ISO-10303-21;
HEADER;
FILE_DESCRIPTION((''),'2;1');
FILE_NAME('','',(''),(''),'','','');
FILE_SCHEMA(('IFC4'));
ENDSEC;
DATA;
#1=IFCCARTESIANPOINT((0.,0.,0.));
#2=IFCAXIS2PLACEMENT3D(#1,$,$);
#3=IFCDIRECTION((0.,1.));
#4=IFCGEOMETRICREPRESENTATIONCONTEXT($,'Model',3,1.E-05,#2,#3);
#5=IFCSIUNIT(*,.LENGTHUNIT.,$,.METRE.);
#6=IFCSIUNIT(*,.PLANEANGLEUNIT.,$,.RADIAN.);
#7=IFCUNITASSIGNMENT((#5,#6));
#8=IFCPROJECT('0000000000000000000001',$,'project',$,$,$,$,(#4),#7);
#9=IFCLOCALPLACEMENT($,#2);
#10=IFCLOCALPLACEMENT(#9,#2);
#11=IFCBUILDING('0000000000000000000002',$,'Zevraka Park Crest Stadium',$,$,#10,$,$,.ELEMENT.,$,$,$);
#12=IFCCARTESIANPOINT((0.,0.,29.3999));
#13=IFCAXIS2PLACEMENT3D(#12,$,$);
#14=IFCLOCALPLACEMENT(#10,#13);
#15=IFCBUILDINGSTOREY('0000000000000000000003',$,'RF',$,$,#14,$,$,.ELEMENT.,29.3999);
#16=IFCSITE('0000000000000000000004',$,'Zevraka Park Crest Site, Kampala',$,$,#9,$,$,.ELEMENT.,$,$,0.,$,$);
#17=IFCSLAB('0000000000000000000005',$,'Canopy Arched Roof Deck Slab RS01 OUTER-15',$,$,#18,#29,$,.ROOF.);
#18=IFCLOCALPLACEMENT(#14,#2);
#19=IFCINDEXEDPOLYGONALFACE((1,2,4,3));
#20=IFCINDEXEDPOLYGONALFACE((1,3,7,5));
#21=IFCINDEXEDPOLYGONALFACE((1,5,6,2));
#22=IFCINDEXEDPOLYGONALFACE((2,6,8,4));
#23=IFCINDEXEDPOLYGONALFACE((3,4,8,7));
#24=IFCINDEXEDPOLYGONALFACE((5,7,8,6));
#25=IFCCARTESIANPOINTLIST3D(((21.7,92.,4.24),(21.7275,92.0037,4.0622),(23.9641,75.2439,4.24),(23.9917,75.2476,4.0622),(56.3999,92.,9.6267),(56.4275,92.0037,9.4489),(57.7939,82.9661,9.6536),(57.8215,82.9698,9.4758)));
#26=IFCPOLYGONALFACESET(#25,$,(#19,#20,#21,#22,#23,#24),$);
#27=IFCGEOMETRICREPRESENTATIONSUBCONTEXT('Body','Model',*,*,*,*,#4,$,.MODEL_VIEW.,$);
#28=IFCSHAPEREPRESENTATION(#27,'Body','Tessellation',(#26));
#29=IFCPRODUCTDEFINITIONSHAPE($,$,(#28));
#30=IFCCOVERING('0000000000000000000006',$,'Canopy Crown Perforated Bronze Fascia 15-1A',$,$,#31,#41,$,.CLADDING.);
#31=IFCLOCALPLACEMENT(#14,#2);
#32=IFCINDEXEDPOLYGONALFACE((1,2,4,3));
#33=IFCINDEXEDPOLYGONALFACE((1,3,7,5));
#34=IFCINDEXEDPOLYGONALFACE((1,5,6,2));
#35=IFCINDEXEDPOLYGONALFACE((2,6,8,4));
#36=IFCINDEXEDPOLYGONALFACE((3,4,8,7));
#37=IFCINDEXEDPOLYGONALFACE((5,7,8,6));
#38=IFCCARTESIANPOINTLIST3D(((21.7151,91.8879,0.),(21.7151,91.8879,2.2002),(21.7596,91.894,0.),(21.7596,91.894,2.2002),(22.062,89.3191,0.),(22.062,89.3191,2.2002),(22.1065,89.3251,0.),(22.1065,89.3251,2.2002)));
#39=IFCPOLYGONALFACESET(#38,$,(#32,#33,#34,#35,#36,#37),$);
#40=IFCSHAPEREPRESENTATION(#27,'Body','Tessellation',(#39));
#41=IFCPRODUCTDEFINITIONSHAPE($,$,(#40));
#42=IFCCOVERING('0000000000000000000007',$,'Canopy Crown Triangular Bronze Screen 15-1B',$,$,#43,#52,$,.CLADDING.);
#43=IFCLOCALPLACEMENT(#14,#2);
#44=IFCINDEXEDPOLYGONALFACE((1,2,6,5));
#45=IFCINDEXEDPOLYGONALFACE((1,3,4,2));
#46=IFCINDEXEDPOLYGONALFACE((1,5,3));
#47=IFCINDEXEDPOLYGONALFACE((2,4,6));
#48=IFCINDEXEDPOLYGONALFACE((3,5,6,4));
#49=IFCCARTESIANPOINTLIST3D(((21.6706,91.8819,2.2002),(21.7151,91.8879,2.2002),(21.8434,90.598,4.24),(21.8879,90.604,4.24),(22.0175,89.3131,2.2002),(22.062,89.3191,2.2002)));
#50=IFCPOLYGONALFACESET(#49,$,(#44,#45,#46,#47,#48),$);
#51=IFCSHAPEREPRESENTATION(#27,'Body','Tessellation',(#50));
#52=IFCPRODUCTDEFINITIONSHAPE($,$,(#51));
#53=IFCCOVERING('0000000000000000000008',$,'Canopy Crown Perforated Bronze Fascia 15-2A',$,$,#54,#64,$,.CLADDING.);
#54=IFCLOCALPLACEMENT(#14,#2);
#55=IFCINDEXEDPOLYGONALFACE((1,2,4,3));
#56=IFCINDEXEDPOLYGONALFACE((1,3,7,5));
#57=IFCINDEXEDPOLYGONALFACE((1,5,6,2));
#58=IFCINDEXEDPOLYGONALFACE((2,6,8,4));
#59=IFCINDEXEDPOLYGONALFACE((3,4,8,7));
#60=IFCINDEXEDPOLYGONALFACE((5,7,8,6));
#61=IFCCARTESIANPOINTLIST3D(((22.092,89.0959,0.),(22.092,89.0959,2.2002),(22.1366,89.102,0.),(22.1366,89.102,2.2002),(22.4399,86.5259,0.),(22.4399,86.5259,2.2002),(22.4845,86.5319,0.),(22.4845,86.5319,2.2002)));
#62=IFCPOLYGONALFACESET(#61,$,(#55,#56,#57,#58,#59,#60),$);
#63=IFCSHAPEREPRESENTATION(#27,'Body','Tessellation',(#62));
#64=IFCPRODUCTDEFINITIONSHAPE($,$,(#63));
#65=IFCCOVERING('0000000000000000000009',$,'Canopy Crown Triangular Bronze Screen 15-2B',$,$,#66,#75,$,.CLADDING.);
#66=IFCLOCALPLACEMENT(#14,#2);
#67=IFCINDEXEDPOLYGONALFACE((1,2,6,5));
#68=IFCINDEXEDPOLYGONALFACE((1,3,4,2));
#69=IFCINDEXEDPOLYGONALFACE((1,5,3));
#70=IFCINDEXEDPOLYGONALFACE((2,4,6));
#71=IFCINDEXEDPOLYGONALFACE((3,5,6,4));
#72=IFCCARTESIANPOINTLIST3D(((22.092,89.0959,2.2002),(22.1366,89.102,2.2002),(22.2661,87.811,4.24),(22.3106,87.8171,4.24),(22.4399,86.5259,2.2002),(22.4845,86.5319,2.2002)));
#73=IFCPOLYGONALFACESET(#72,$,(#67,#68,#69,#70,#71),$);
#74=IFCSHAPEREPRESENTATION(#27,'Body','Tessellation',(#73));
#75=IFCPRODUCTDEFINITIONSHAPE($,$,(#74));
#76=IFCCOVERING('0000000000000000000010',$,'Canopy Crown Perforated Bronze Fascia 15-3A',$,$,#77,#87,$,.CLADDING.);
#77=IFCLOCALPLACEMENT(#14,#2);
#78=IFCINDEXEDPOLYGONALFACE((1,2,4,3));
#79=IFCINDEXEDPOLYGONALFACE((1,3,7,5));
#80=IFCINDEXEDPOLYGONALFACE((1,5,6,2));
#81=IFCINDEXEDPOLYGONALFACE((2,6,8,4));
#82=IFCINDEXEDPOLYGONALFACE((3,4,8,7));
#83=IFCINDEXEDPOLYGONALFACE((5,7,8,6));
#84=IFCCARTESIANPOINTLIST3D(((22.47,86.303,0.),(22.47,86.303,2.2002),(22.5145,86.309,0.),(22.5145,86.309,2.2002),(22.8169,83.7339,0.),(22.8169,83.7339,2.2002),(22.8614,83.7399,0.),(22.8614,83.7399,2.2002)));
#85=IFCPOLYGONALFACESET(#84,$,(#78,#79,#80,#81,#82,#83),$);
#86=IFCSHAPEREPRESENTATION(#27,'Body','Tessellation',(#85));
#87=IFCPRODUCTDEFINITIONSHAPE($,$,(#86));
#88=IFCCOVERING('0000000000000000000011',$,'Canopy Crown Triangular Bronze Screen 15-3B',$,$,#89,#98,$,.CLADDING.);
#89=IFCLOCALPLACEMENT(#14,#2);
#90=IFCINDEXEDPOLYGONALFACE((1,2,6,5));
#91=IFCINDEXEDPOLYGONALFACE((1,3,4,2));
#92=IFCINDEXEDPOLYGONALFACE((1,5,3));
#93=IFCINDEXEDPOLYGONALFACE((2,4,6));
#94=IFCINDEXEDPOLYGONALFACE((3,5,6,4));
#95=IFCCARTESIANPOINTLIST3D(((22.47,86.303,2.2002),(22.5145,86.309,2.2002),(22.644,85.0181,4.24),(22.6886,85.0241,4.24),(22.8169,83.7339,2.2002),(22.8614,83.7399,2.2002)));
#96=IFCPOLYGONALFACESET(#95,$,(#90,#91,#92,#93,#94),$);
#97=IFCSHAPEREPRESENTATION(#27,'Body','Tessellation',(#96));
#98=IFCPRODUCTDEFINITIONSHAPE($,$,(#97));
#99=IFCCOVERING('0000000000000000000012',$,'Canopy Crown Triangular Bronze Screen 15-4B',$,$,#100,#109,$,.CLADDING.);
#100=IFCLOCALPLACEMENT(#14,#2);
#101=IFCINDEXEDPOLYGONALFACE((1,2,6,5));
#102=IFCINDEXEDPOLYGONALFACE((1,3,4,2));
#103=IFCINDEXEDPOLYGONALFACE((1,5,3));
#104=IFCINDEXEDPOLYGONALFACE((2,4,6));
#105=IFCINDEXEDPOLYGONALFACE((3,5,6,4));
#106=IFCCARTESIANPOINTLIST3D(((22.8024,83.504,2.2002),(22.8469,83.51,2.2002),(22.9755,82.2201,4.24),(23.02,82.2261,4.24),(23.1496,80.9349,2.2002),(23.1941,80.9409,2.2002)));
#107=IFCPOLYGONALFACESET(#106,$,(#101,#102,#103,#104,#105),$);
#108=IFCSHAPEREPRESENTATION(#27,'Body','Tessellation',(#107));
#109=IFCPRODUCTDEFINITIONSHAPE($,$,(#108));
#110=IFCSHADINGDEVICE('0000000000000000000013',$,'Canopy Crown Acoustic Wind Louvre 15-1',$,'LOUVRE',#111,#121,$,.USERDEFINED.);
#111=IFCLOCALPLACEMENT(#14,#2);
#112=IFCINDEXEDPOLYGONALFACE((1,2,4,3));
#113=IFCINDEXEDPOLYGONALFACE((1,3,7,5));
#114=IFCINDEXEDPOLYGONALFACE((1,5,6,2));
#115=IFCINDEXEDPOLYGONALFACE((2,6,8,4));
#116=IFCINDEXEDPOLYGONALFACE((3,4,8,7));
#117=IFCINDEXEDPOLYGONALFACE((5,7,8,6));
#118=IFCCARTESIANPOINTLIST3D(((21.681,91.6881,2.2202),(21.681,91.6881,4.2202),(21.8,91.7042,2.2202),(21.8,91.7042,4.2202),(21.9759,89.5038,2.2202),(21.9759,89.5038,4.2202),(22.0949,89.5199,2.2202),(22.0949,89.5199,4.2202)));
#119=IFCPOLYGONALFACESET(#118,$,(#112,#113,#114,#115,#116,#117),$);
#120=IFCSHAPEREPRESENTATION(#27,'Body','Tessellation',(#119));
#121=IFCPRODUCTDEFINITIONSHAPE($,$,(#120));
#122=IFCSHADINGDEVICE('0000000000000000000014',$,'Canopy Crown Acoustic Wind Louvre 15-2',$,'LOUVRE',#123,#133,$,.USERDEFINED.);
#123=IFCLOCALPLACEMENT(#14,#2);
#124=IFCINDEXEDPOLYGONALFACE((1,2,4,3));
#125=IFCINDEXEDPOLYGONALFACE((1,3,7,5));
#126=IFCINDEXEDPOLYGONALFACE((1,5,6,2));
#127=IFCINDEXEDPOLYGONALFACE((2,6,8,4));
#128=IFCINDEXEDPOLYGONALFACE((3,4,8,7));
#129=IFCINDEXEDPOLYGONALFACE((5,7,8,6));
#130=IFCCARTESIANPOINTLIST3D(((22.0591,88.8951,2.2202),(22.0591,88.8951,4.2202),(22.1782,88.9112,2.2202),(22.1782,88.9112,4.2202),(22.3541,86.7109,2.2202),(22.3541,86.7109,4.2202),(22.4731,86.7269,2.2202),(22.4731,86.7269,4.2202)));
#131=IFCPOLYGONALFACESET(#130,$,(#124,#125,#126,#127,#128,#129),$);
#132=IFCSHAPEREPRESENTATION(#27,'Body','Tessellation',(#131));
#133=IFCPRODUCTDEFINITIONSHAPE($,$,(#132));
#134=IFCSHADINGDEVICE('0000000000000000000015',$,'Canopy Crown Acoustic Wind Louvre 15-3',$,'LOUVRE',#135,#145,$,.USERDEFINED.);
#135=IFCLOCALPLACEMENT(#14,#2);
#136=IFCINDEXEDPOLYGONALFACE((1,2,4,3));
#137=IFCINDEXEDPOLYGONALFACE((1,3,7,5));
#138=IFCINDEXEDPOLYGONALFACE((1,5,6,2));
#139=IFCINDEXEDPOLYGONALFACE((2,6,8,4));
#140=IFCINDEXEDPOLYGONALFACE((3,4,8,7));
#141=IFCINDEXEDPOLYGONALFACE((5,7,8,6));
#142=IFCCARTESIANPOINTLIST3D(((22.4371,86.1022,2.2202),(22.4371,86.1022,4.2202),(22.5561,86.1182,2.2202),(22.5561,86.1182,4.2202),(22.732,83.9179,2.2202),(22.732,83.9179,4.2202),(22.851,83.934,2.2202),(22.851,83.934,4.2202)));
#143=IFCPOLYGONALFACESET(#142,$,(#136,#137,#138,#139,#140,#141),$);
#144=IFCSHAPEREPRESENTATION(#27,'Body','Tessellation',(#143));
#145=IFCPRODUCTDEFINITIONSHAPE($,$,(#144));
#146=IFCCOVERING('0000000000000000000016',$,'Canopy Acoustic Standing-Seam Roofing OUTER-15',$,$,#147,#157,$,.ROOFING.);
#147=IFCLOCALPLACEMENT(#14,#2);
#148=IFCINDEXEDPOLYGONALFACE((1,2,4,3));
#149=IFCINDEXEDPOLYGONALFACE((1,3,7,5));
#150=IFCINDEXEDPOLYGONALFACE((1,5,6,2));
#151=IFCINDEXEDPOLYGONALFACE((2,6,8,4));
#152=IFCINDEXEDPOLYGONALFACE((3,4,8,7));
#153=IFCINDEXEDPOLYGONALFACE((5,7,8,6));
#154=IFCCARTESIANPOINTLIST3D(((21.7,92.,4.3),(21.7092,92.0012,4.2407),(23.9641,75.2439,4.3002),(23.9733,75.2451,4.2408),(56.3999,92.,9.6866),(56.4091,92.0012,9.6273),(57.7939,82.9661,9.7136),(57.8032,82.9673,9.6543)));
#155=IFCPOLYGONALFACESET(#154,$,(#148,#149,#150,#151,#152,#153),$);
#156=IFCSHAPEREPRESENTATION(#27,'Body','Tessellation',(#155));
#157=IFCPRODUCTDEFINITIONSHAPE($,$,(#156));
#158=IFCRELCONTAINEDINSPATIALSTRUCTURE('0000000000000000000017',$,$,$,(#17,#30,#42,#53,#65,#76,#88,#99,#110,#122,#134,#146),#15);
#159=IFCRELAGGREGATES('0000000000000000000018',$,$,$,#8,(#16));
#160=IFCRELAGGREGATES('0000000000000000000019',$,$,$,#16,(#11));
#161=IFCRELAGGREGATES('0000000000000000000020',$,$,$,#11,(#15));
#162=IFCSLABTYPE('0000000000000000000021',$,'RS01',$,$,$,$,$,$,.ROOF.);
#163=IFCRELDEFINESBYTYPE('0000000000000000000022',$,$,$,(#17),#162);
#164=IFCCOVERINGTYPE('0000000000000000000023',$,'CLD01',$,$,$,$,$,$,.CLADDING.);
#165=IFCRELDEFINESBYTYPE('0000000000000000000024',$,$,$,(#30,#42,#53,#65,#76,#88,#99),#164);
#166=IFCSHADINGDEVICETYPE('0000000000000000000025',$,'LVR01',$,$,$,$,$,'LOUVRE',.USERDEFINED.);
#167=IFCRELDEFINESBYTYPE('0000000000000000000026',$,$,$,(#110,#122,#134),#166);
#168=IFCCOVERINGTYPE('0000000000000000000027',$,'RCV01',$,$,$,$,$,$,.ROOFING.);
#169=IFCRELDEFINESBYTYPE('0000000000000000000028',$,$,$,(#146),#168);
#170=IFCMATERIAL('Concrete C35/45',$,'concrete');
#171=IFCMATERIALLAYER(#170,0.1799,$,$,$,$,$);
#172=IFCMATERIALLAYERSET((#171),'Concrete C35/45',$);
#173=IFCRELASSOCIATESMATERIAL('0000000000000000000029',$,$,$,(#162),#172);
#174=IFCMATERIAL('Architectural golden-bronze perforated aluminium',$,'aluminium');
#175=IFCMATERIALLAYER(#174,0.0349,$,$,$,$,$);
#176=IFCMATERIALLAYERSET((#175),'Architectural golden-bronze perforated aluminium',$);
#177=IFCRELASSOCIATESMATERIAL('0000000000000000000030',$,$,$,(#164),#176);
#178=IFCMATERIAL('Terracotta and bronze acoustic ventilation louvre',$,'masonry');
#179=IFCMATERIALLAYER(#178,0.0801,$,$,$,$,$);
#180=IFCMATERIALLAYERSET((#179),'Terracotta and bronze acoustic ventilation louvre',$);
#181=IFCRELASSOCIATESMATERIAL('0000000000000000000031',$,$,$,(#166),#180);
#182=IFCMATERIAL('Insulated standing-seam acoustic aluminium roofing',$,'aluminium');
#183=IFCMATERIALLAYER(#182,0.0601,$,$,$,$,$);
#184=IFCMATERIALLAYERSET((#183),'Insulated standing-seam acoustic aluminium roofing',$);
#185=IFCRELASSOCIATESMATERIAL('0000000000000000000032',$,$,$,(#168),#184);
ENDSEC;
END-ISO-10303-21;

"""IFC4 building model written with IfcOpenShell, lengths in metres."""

from ifc_helpers import new_model, si_unit, direction, frame, origin, origin_2d, place, context, subcontext, project, spatial, polyline, rectangle, outline, extrude, material, layer, layer_set, type_object, element, save


model = new_model("IFC4")

# Units and contexts
model_context = context("Model", 3, precision=1e-05, world=origin(), true_north=direction((0.0, 1.0)))
body_context = subcontext(model_context, "Body", "Model", "MODEL_VIEW")
ifc_project = project(units=[si_unit("LENGTHUNIT", "METRE"), si_unit("PLANEANGLEUNIT", "RADIAN")], contexts=[model_context])

# Site, building, storey
site_placement = place(None, origin())
site = spatial("IfcSite", under=ifc_project, at=site_placement, Name="Zevraka Park Crest Site, Kampala", CompositionType="ELEMENT", RefElevation=0.0)
building_placement = place(site_placement, origin())
building = spatial("IfcBuilding", under=site, at=building_placement, Name="Zevraka Park Crest Stadium", CompositionType="ELEMENT")
storey_placement = place(building_placement, frame((0.0, 0.0, 29.3999)))
storey = spatial("IfcBuildingStorey", under=building, at=storey_placement, Name="RF", CompositionType="ELEMENT", Elevation=29.3999)

# Slab
ifc_material_1 = material(Name="Concrete C35/45", Category="concrete")
ifc_layer_1 = layer(ifc_material_1, 0.1799)
ifc_layer_set_1 = layer_set([ifc_layer_1], Name="Concrete C35/45")
slab_type = type_object("IfcSlabType", Name="RS01", PredefinedType="ROOF", material=ifc_layer_set_1)
slab_placement = place(storey_placement, frame((21.7, 92.0, 4.24), z_axis=(-0.153366, -0.020725, 0.987952), x_axis=(0.133908, -0.990994, -0.000002)))
element("IfcSlab", 1, at=slab_placement, inside=storey, type_object=slab_type, Name="Canopy Arched Roof Deck Slab RS01 OUTER-15", PredefinedType="ROOF", context=body_context, shape_type="SweptSolid", body=[
    extrude(outline(polyline([(0.0, 0.0), (16.9084, 0.0), (13.7858, 34.9807), (4.6466, 34.8068), (0.0, 0.0)])), origin(), (0.0, 0.0, -1.0), 0.1799),
])

# Coverings
ifc_material_2 = material(Name="Architectural golden-bronze perforated aluminium", Category="aluminium")
ifc_layer_2 = layer(ifc_material_2, 0.0349)
ifc_layer_set_2 = layer_set([ifc_layer_2], Name="Architectural golden-bronze perforated aluminium")
covering_type_1 = type_object("IfcCoveringType", Name="CLD01", PredefinedType="CLADDING", material=ifc_layer_set_2)
covering_1_placement = place(storey_placement, frame((21.7151, 91.8879, 0.0), z_axis=(-0.991004, -0.133835, 0.0), x_axis=(0.133835, -0.991004, 0.0)))
element("IfcCovering", 2, at=covering_1_placement, inside=storey, type_object=covering_type_1, Name="Canopy Crown Perforated Bronze Fascia 15-1A", PredefinedType="CLADDING", context=body_context, shape_type="SweptSolid", body=[
    extrude(outline(polyline([(0.0, 0.0), (2.5922, 0.0), (2.5922, 2.2002), (0.0, 2.2002), (0.0, 0.0)])), origin(), (0.0, 0.0, -1.0), 0.0449),
])
covering_2_placement = place(storey_placement, frame((21.7151, 91.8879, 2.2002), z_axis=(0.991004, 0.133835, 0.000264), x_axis=(0.133835, -0.991004, 0.0)))
element("IfcCovering", 3, at=covering_2_placement, inside=storey, type_object=covering_type_1, Name="Canopy Crown Triangular Bronze Screen 15-1B", PredefinedType="CLADDING", context=body_context, shape_type="SweptSolid", body=[
    extrude(outline(polyline([(0.0, 0.0), (2.5922, 0.0), (1.2955, -2.0398), (0.0, 0.0)])), origin(), (0.0, 0.0, -1.0), 0.0449),
])
covering_3_placement = place(storey_placement, frame((22.092, 89.0959, 0.0), z_axis=(-0.990962, -0.134143, 0.0), x_axis=(0.134143, -0.990962, 0.0)))
element("IfcCovering", 4, at=covering_3_placement, inside=storey, type_object=covering_type_1, Name="Canopy Crown Perforated Bronze Fascia 15-2A", PredefinedType="CLADDING", context=body_context, shape_type="SweptSolid", body=[
    extrude(outline(polyline([(0.0, 0.0), (2.5935, 0.0), (2.5935, 2.2002), (0.0, 2.2002), (0.0, 0.0)])), origin(), (0.0, 0.0, -1.0), 0.0449),
])
covering_4_placement = place(storey_placement, frame((22.092, 89.0959, 2.2002), z_axis=(-0.990962, -0.134143, 0.000067), x_axis=(0.134143, -0.990962, 0.0)))
element("IfcCovering", 5, at=covering_4_placement, inside=storey, type_object=covering_type_1, Name="Canopy Crown Triangular Bronze Screen 15-2B", PredefinedType="CLADDING", context=body_context, shape_type="SweptSolid", body=[
    extrude(outline(polyline([(0.0, 0.0), (2.5935, 0.0), (1.2966, 2.0398), (0.0, 0.0)])), origin(), (0.0, 0.0, -1.0), 0.0449),
])
covering_5_placement = place(storey_placement, frame((22.47, 86.303, 0.0), z_axis=(-0.991005, -0.133823, 0.0), x_axis=(0.133823, -0.991005, 0.0)))
element("IfcCovering", 6, at=covering_5_placement, inside=storey, type_object=covering_type_1, Name="Canopy Crown Perforated Bronze Fascia 15-3A", PredefinedType="CLADDING", context=body_context, shape_type="SweptSolid", body=[
    extrude(outline(polyline([(0.0, 0.0), (2.5924, 0.0), (2.5924, 2.2002), (0.0, 2.2002), (0.0, 0.0)])), origin(), (0.0, 0.0, -1.0), 0.0449),
])
covering_6_placement = place(storey_placement, frame((22.47, 86.303, 2.2002), z_axis=(-0.991005, -0.133823, 0.000273), x_axis=(0.133823, -0.991005, 0.0)))
element("IfcCovering", 7, at=covering_6_placement, inside=storey, type_object=covering_type_1, Name="Canopy Crown Triangular Bronze Screen 15-3B", PredefinedType="CLADDING", context=body_context, shape_type="SweptSolid", body=[
    extrude(outline(polyline([(0.0, 0.0), (2.5924, 0.0), (1.2966, 2.0398), (0.0, 0.0)])), origin(), (0.0, 0.0, -1.0), 0.0449),
])
covering_7_placement = place(storey_placement, frame((22.8469, 83.51, 2.2002), z_axis=(0.990993, 0.133915, 0.000197), x_axis=(0.133915, -0.990993, 0.0)))
element("IfcCovering", 8, at=covering_7_placement, inside=storey, type_object=covering_type_1, Name="Canopy Crown Triangular Bronze Screen 15-4B", PredefinedType="CLADDING", context=body_context, shape_type="SweptSolid", body=[
    extrude(outline(polyline([(0.0, 0.0), (2.5924, 0.0), (1.2956, -2.0398), (0.0, 0.0)])), origin(), (0.0, 0.0, -1.0), 0.0449),
])

# Shading devices
ifc_material_3 = material(Name="Terracotta and bronze acoustic ventilation louvre", Category="masonry")
ifc_layer_3 = layer(ifc_material_3, 0.0801)
ifc_layer_set_3 = layer_set([ifc_layer_3], Name="Terracotta and bronze acoustic ventilation louvre")
shading_device_type = type_object("IfcShadingDeviceType", Name="LVR01", ElementType="LOUVRE", PredefinedType="USERDEFINED", material=ifc_layer_set_3)
for number, where, z_axis, x_axis, name in (
    (9, (21.8879, 90.604, 2.2202), (0.0, 0.0, 1.0), (0.133813, -0.991007, 0.0), "Canopy Crown Acoustic Wind Louvre 15-1"),
    (10, (22.2661, 87.811, 2.2202), (0.0, 0.0, 1.0), (0.133813, -0.991007, 0.0), "Canopy Crown Acoustic Wind Louvre 15-2"),
    (11, (22.644, 85.0181, 2.2202), (0.0, 0.0, 1.0), (0.133813, -0.991007, 0.0), "Canopy Crown Acoustic Wind Louvre 15-3"),
):
    element("IfcShadingDevice", number, at=place(storey_placement, frame(where, z_axis=z_axis, x_axis=x_axis)), inside=storey, type_object=shading_device_type, Name=name, ObjectType="LOUVRE", PredefinedType="USERDEFINED", context=body_context, shape_type="SweptSolid", body=[
        extrude(rectangle(XDim=2.2041, YDim=0.1201, at=origin_2d()), origin(), (0.0, 0.0, 1.0), 2.0),
    ])

# Covering
ifc_material_4 = material(Name="Insulated standing-seam acoustic aluminium roofing", Category="aluminium")
ifc_layer_4 = layer(ifc_material_4, 0.0601)
ifc_layer_set_4 = layer_set([ifc_layer_4], Name="Insulated standing-seam acoustic aluminium roofing")
covering_type_2 = type_object("IfcCoveringType", Name="RCV01", PredefinedType="ROOFING", material=ifc_layer_set_4)
covering_8_placement = place(storey_placement, frame((21.7, 92.0, 4.3), z_axis=(-0.153363, -0.020716, 0.987953), x_axis=(0.133906, -0.990994, 0.000007)))
element("IfcCovering", 12, at=covering_8_placement, inside=storey, type_object=covering_type_2, Name="Canopy Acoustic Standing-Seam Roofing OUTER-15", PredefinedType="ROOFING", context=body_context, shape_type="SweptSolid", body=[
    extrude(outline(polyline([(0.0, 0.0), (16.9084, 0.0), (13.7858, 34.9807), (4.6466, 34.8068), (0.0, 0.0)])), origin(), (0.0, 0.0, -1.0), 0.0601),
])

save(model, "model.ifc")
